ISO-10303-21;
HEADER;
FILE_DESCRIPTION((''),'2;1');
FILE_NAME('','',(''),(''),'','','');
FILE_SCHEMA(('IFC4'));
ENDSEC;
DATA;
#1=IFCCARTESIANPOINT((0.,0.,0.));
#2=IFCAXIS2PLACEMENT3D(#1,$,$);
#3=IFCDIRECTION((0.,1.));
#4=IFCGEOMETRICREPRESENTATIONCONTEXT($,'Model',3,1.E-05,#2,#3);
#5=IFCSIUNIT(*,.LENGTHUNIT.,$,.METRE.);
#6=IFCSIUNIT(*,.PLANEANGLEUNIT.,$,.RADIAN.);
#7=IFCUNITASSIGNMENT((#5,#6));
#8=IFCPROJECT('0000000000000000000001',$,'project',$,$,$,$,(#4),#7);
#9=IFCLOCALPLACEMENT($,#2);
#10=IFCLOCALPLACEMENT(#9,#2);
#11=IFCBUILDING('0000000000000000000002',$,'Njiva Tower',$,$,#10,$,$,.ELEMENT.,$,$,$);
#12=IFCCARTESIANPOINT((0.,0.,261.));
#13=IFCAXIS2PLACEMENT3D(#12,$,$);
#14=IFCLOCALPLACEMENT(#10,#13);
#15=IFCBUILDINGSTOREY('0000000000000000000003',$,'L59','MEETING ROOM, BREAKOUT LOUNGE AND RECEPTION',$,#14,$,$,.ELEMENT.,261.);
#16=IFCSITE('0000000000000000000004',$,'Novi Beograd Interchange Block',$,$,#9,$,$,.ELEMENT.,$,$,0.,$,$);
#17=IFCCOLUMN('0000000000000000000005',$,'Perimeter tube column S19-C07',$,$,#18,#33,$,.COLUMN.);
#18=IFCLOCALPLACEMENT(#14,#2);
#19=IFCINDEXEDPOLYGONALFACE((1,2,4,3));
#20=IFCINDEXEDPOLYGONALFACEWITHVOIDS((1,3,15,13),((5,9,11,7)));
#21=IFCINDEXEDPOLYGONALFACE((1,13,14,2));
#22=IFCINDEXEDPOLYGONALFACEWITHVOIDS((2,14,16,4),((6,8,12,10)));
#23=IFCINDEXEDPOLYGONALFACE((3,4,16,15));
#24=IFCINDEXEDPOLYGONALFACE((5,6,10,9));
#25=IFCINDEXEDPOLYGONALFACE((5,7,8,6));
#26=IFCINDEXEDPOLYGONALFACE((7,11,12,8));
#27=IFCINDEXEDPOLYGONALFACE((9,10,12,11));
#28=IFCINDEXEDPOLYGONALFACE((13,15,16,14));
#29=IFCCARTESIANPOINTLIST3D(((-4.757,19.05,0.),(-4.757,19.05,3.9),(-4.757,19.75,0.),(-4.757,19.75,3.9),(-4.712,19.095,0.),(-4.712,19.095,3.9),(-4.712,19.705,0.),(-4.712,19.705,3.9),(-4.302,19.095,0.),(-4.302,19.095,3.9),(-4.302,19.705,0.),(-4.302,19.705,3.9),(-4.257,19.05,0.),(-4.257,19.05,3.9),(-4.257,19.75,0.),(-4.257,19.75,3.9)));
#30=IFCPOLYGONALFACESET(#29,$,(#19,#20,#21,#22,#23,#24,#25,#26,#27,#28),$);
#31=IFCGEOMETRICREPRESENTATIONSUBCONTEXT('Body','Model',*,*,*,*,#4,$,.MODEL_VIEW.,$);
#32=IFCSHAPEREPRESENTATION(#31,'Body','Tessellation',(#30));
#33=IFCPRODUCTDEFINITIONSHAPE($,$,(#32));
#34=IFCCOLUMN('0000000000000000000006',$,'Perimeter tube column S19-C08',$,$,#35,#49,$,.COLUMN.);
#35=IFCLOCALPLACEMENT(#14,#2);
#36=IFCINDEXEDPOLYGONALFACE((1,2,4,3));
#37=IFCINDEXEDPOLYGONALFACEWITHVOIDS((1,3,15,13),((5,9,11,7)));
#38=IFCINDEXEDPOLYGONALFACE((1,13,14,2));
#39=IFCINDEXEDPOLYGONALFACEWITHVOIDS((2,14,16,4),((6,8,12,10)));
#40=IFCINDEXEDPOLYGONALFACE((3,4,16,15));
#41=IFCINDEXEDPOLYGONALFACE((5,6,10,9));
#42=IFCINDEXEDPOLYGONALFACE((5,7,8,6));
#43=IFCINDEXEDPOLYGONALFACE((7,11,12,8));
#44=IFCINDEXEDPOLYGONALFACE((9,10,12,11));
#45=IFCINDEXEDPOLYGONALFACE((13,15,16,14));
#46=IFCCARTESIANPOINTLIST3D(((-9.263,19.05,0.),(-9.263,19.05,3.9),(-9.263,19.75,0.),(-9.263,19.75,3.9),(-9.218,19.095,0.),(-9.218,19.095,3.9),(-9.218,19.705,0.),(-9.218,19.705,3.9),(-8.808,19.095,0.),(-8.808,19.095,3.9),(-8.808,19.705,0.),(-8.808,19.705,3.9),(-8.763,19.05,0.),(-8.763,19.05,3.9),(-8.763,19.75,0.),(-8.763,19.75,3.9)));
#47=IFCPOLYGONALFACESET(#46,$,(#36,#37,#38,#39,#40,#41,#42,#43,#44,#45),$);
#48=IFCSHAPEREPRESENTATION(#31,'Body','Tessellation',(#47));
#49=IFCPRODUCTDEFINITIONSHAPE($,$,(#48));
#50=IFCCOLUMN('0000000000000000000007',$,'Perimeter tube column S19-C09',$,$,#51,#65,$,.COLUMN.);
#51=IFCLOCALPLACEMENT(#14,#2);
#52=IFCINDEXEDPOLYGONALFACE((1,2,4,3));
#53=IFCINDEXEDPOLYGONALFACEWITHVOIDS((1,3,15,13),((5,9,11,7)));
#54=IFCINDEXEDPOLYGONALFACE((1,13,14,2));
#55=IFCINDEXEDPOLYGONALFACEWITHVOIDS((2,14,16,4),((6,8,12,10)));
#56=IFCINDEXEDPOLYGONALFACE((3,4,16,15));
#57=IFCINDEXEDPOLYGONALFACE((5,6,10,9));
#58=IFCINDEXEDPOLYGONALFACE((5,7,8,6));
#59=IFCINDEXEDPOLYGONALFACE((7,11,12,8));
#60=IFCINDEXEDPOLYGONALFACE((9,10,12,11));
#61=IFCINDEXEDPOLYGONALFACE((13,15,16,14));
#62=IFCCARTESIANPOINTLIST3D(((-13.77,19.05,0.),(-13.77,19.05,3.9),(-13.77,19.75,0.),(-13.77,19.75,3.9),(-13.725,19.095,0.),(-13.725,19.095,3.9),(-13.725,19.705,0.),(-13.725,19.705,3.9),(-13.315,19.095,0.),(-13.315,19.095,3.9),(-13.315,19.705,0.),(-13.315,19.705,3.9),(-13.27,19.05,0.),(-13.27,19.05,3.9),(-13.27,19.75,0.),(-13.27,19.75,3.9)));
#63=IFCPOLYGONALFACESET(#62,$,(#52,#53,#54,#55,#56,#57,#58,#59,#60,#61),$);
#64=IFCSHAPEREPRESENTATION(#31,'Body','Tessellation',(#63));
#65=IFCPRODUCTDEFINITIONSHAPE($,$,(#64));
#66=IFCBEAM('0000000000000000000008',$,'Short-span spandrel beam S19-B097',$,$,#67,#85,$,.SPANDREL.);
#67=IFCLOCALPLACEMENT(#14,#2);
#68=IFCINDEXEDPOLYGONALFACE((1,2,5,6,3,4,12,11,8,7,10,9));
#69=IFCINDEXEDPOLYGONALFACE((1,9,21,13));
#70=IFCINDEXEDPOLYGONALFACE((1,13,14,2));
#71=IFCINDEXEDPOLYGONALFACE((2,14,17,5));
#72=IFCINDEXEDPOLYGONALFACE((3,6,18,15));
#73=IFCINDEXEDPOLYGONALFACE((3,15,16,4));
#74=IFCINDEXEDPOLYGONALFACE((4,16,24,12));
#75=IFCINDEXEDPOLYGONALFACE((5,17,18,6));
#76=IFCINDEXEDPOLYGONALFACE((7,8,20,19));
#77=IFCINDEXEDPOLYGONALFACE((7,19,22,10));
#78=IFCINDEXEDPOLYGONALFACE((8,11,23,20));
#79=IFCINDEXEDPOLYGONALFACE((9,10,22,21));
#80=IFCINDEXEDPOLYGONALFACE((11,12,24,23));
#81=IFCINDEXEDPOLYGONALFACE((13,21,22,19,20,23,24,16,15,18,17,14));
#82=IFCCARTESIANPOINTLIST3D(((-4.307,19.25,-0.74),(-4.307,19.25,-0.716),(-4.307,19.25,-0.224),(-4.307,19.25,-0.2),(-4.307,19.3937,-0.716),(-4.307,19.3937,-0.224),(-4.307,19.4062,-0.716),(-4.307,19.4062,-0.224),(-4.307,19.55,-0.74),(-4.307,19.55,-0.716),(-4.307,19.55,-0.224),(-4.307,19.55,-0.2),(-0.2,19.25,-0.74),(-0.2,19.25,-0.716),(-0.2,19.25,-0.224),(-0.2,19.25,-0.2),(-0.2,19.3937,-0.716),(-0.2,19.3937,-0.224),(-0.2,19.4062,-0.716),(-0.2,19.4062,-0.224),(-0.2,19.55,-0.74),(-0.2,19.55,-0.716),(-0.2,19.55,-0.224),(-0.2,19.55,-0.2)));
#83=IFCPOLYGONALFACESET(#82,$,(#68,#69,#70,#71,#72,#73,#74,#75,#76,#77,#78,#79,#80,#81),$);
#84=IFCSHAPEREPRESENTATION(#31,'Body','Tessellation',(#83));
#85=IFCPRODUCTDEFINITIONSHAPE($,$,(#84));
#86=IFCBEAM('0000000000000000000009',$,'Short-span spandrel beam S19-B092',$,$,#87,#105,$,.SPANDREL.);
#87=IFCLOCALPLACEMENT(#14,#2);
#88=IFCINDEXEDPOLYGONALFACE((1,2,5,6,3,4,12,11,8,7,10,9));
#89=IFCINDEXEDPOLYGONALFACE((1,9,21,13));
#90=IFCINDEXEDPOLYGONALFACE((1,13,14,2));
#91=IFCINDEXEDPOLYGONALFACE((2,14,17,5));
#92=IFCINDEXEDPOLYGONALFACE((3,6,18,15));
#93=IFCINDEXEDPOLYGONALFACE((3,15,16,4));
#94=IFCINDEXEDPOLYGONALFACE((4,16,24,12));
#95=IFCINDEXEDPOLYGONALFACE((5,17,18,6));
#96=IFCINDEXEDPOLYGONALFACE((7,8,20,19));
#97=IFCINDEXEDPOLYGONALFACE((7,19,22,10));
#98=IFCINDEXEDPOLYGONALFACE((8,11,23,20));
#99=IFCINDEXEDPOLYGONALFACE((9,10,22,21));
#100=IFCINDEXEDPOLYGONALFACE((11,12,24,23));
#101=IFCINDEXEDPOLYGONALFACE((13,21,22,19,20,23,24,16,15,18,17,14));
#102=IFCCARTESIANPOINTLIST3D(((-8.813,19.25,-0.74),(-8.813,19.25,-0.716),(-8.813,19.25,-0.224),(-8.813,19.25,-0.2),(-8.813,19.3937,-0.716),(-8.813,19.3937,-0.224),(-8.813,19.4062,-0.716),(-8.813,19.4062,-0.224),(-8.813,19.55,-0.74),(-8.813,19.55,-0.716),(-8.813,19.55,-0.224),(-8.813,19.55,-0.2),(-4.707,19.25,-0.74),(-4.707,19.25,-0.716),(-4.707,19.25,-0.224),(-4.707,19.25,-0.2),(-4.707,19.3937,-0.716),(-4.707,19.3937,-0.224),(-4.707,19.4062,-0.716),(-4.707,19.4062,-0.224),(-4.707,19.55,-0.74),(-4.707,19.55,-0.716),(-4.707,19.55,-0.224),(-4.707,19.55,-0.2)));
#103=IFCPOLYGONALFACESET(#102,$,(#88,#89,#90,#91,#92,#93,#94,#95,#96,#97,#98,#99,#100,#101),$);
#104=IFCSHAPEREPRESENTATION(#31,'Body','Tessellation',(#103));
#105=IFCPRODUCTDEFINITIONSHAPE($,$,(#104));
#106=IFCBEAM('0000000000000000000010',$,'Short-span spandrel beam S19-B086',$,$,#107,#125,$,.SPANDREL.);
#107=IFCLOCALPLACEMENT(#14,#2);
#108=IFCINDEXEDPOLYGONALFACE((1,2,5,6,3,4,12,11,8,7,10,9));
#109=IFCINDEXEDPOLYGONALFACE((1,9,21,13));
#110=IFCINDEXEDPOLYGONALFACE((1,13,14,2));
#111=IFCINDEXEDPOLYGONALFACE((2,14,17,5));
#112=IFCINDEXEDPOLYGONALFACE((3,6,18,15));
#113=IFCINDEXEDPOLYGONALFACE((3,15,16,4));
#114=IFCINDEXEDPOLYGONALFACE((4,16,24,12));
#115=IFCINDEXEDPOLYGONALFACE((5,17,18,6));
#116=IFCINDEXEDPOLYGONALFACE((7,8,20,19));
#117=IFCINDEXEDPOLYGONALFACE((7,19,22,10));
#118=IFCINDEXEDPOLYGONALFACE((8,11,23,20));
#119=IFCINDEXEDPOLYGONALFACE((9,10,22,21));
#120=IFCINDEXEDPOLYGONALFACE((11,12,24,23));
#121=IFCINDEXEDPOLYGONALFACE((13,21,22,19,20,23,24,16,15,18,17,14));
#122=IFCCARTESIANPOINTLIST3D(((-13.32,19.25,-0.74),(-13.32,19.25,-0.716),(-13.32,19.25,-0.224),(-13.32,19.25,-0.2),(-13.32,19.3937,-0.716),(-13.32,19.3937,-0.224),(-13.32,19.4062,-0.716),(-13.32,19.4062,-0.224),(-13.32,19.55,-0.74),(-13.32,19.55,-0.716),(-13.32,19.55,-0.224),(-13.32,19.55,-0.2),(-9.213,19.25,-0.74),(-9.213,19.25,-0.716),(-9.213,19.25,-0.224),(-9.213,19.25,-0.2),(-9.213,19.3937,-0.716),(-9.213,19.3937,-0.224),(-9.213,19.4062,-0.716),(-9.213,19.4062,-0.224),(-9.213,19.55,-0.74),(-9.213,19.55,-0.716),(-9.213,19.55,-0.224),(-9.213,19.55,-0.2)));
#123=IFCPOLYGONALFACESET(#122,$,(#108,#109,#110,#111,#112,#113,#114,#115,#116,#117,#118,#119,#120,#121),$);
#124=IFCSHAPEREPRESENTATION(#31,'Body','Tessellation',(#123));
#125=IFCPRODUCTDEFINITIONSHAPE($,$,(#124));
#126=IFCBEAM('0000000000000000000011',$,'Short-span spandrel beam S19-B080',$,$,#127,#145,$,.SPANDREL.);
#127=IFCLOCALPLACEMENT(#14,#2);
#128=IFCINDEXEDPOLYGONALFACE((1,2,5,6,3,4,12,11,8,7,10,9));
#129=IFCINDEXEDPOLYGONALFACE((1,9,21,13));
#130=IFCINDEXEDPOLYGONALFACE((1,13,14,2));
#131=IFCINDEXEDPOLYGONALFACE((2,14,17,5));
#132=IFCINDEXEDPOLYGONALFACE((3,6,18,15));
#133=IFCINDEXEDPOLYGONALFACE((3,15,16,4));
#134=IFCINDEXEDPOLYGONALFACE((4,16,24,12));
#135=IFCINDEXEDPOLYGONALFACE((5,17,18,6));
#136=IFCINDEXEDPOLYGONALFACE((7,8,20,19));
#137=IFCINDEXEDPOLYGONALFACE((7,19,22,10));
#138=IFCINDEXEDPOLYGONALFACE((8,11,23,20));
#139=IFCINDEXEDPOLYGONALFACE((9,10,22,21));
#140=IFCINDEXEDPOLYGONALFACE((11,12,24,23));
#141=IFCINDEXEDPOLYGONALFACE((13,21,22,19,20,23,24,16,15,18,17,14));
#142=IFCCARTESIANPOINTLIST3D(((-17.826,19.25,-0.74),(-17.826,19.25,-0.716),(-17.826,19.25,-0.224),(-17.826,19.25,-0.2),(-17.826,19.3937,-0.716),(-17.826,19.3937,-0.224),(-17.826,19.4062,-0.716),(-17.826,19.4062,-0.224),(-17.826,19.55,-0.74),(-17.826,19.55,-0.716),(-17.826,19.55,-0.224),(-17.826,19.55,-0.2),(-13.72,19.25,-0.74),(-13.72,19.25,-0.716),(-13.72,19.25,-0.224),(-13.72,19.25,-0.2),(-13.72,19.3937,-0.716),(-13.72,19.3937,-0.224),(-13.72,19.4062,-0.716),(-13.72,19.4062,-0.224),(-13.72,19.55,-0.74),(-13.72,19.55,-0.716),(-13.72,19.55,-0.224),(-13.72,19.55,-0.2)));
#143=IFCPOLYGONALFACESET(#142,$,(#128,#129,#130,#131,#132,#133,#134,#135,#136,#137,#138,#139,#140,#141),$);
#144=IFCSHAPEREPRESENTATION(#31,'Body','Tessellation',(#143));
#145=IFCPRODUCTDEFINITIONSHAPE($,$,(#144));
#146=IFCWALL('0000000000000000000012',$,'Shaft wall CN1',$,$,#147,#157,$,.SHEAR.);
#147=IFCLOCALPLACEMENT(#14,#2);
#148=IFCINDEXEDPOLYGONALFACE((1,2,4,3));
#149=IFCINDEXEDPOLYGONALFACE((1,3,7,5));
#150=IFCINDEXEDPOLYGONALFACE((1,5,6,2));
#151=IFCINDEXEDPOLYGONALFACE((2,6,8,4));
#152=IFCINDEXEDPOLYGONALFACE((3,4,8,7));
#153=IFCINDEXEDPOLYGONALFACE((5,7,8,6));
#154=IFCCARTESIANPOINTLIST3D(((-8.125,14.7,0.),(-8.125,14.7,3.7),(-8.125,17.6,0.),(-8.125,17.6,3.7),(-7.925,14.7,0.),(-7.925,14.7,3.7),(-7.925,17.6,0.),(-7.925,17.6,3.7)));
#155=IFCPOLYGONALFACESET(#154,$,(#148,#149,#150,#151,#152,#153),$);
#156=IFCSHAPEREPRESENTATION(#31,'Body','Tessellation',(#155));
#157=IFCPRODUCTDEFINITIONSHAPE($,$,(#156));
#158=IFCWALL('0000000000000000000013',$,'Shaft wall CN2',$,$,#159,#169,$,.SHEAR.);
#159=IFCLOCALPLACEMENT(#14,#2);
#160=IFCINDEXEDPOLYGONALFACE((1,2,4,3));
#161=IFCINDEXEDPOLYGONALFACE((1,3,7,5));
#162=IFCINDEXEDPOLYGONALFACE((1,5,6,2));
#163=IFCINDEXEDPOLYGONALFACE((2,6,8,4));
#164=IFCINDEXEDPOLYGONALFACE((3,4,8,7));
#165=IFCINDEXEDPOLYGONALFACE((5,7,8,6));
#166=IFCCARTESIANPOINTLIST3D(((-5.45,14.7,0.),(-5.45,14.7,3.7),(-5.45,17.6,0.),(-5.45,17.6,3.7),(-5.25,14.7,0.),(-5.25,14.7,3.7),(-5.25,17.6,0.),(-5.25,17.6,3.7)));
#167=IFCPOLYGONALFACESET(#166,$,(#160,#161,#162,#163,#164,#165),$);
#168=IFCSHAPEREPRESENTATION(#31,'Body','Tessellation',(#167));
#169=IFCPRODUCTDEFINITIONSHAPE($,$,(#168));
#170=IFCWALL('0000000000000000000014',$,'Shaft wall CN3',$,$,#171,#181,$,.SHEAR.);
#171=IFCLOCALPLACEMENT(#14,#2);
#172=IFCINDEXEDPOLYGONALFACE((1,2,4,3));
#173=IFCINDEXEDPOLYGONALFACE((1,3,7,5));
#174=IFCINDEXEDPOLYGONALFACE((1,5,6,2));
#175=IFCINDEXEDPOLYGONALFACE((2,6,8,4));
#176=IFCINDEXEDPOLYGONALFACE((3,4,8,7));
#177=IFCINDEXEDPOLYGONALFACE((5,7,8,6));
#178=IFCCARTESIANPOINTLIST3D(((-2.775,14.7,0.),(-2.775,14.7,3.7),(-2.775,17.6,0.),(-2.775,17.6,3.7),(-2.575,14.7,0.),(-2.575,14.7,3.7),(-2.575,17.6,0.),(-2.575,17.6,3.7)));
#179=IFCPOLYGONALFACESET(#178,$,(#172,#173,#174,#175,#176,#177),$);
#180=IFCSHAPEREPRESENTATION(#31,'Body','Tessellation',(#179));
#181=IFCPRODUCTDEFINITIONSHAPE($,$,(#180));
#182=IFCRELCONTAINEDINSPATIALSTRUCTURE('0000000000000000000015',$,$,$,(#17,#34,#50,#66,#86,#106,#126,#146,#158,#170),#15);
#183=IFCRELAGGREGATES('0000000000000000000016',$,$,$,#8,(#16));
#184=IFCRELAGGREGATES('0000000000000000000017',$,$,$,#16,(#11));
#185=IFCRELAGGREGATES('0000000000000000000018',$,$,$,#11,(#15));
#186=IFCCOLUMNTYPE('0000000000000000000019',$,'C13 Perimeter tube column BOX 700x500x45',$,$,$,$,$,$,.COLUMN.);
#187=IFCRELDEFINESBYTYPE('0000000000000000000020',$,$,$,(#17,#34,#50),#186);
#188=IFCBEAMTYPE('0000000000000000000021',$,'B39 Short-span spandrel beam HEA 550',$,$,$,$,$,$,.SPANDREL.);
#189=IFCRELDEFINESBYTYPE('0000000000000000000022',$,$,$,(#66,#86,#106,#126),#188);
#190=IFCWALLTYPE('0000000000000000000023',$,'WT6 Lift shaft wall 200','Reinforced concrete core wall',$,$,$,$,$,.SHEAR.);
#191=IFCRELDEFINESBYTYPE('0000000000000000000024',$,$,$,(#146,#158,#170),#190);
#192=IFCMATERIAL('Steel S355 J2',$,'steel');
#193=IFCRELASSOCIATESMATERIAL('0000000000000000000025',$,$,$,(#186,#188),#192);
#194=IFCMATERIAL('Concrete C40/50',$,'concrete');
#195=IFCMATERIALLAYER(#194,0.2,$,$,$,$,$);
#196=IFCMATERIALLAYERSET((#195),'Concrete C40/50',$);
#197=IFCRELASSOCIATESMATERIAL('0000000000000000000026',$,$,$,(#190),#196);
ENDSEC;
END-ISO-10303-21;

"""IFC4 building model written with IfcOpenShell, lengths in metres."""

from ifc_helpers import new_model, si_unit, direction, frame, frame_2d, origin, origin_2d, place, context, subcontext, project, spatial, rectangle, hollow_rectangle, i_section, extrude, material, layer, layer_set, material_profile, profile_set, type_object, element, save


model = new_model("IFC4")

# Units and contexts
model_context = context("Model", 3, precision=1e-05, world=origin(), true_north=direction((0.0, 1.0)))
body_context = subcontext(model_context, "Body", "Model", "MODEL_VIEW")
ifc_project = project(units=[si_unit("LENGTHUNIT", "METRE"), si_unit("PLANEANGLEUNIT", "RADIAN")], contexts=[model_context])

# Site, building, storey
site_placement = place(None, origin())
site = spatial("IfcSite", under=ifc_project, at=site_placement, Name="Novi Beograd Interchange Block", CompositionType="ELEMENT", RefElevation=0.0)
building_placement = place(site_placement, origin())
building = spatial("IfcBuilding", under=site, at=building_placement, Name="Njiva Tower", CompositionType="ELEMENT")
storey_placement = place(building_placement, frame((0.0, 0.0, 261.0)))
storey = spatial("IfcBuildingStorey", under=building, at=storey_placement, Name="L59", Description="MEETING ROOM, BREAKOUT LOUNGE AND RECEPTION", CompositionType="ELEMENT", Elevation=261.0)

# Columns
ifc_material_1 = material(Name="Steel S355 J2", Category="steel")
ifc_material_profile_1 = material_profile(ifc_material_1, hollow_rectangle(XDim=0.5, YDim=0.7, WallThickness=0.045, at=origin_2d()), Name="BOX 700x500x45")
ifc_profile_set_1 = profile_set([ifc_material_profile_1], Name="Steel S355 J2")
column_type = type_object("IfcColumnType", Name="C13 Perimeter tube column BOX 700x500x45", PredefinedType="COLUMN", material=ifc_profile_set_1)
for number, where, z_axis, x_axis, name in (
    (1, (-4.507, 19.4, 0.0), (0.0, 0.0, 1.0), (-1.0, 0.0, 0.0), "Perimeter tube column S19-C07"),
    (2, (-9.013, 19.4, 0.0), (0.0, 0.0, 1.0), (-1.0, 0.0, 0.0), "Perimeter tube column S19-C08"),
    (3, (-13.52, 19.4, 0.0), (0.0, 0.0, 1.0), (-1.0, 0.0, 0.0), "Perimeter tube column S19-C09"),
):
    element("IfcColumn", number, at=place(storey_placement, frame(where, z_axis=z_axis, x_axis=x_axis)), inside=storey, type_object=column_type, Name=name, PredefinedType="COLUMN", context=body_context, shape_type="SweptSolid", body=[
        extrude(hollow_rectangle(XDim=0.5, YDim=0.7, WallThickness=0.045, at=origin_2d()), origin(), (0.0, 0.0, 1.0), 3.9),
    ])

# Beams
ifc_material_profile_2 = material_profile(ifc_material_1, i_section(OverallWidth=0.3, OverallDepth=0.54, WebThickness=0.0125, FlangeThickness=0.024, at=origin_2d()), Name="HEA 550")
ifc_profile_set_2 = profile_set([ifc_material_profile_2], Name="Steel S355 J2")
beam_type = type_object("IfcBeamType", Name="B39 Short-span spandrel beam HEA 550", PredefinedType="SPANDREL", material=ifc_profile_set_2)
beam_1_placement = place(storey_placement, frame((-0.2, 19.4, -0.47), z_axis=(-1.0, 0.0, 0.0), x_axis=(0.0, -1.0, 0.0)))
element("IfcBeam", 4, at=beam_1_placement, inside=storey, type_object=beam_type, Name="Short-span spandrel beam S19-B097", PredefinedType="SPANDREL", context=body_context, shape_type="SweptSolid", body=[
    extrude(i_section(OverallWidth=0.3, OverallDepth=0.54, WebThickness=0.0125, FlangeThickness=0.024, at=origin_2d()), origin(), (0.0, 0.0, 1.0), 4.107),
])
beam_2_placement = place(storey_placement, frame((-4.707, 19.4, -0.47), z_axis=(-1.0, 0.0, 0.0), x_axis=(0.0, -1.0, 0.0)))
element("IfcBeam", 5, at=beam_2_placement, inside=storey, type_object=beam_type, Name="Short-span spandrel beam S19-B092", PredefinedType="SPANDREL", context=body_context, shape_type="SweptSolid", body=[
    extrude(i_section(OverallWidth=0.3, OverallDepth=0.54, WebThickness=0.0125, FlangeThickness=0.024, at=origin_2d()), origin(), (0.0, 0.0, 1.0), 4.106),
])
beam_3_placement = place(storey_placement, frame((-9.213, 19.4, -0.47), z_axis=(-1.0, 0.0, 0.0), x_axis=(0.0, -1.0, 0.0)))
element("IfcBeam", 6, at=beam_3_placement, inside=storey, type_object=beam_type, Name="Short-span spandrel beam S19-B086", PredefinedType="SPANDREL", context=body_context, shape_type="SweptSolid", body=[
    extrude(i_section(OverallWidth=0.3, OverallDepth=0.54, WebThickness=0.0125, FlangeThickness=0.024, at=origin_2d()), origin(), (0.0, 0.0, 1.0), 4.107),
])
beam_4_placement = place(storey_placement, frame((-13.72, 19.4, -0.47), z_axis=(-1.0, 0.0, 0.0), x_axis=(0.0, -1.0, 0.0)))
element("IfcBeam", 7, at=beam_4_placement, inside=storey, type_object=beam_type, Name="Short-span spandrel beam S19-B080", PredefinedType="SPANDREL", context=body_context, shape_type="SweptSolid", body=[
    extrude(i_section(OverallWidth=0.3, OverallDepth=0.54, WebThickness=0.0125, FlangeThickness=0.024, at=origin_2d()), origin(), (0.0, 0.0, 1.0), 4.106),
])

# Walls
ifc_material_2 = material(Name="Concrete C40/50", Category="concrete")
ifc_layer_1 = layer(ifc_material_2, 0.2)
ifc_layer_set_1 = layer_set([ifc_layer_1], Name="Concrete C40/50")
wall_type_1 = type_object("IfcWallType", Name="WT6 Lift shaft wall 200", Description="Reinforced concrete core wall", PredefinedType="SHEAR", material=ifc_layer_set_1)
for number, where, z_axis, x_axis, name in (
    (8, (-8.025, 14.7, 0.0), (0.0, 0.0, 1.0), (0.0, 1.0, 0.0), "Shaft wall CN1"),
    (9, (-5.35, 14.7, 0.0), (0.0, 0.0, 1.0), (0.0, 1.0, 0.0), "Shaft wall CN2"),
    (10, (-2.675, 14.7, 0.0), (0.0, 0.0, 1.0), (0.0, 1.0, 0.0), "Shaft wall CN3"),
):
    element("IfcWall", number, at=place(storey_placement, frame(where, z_axis=z_axis, x_axis=x_axis)), inside=storey, type_object=wall_type_1, Name=name, PredefinedType="SHEAR", context=body_context, shape_type="SweptSolid", body=[
        extrude(rectangle(XDim=2.9, YDim=0.2, at=frame_2d((1.45, 0.0))), origin(), (0.0, 0.0, 1.0), 3.7),
    ])

save(model, "model.ifc")
